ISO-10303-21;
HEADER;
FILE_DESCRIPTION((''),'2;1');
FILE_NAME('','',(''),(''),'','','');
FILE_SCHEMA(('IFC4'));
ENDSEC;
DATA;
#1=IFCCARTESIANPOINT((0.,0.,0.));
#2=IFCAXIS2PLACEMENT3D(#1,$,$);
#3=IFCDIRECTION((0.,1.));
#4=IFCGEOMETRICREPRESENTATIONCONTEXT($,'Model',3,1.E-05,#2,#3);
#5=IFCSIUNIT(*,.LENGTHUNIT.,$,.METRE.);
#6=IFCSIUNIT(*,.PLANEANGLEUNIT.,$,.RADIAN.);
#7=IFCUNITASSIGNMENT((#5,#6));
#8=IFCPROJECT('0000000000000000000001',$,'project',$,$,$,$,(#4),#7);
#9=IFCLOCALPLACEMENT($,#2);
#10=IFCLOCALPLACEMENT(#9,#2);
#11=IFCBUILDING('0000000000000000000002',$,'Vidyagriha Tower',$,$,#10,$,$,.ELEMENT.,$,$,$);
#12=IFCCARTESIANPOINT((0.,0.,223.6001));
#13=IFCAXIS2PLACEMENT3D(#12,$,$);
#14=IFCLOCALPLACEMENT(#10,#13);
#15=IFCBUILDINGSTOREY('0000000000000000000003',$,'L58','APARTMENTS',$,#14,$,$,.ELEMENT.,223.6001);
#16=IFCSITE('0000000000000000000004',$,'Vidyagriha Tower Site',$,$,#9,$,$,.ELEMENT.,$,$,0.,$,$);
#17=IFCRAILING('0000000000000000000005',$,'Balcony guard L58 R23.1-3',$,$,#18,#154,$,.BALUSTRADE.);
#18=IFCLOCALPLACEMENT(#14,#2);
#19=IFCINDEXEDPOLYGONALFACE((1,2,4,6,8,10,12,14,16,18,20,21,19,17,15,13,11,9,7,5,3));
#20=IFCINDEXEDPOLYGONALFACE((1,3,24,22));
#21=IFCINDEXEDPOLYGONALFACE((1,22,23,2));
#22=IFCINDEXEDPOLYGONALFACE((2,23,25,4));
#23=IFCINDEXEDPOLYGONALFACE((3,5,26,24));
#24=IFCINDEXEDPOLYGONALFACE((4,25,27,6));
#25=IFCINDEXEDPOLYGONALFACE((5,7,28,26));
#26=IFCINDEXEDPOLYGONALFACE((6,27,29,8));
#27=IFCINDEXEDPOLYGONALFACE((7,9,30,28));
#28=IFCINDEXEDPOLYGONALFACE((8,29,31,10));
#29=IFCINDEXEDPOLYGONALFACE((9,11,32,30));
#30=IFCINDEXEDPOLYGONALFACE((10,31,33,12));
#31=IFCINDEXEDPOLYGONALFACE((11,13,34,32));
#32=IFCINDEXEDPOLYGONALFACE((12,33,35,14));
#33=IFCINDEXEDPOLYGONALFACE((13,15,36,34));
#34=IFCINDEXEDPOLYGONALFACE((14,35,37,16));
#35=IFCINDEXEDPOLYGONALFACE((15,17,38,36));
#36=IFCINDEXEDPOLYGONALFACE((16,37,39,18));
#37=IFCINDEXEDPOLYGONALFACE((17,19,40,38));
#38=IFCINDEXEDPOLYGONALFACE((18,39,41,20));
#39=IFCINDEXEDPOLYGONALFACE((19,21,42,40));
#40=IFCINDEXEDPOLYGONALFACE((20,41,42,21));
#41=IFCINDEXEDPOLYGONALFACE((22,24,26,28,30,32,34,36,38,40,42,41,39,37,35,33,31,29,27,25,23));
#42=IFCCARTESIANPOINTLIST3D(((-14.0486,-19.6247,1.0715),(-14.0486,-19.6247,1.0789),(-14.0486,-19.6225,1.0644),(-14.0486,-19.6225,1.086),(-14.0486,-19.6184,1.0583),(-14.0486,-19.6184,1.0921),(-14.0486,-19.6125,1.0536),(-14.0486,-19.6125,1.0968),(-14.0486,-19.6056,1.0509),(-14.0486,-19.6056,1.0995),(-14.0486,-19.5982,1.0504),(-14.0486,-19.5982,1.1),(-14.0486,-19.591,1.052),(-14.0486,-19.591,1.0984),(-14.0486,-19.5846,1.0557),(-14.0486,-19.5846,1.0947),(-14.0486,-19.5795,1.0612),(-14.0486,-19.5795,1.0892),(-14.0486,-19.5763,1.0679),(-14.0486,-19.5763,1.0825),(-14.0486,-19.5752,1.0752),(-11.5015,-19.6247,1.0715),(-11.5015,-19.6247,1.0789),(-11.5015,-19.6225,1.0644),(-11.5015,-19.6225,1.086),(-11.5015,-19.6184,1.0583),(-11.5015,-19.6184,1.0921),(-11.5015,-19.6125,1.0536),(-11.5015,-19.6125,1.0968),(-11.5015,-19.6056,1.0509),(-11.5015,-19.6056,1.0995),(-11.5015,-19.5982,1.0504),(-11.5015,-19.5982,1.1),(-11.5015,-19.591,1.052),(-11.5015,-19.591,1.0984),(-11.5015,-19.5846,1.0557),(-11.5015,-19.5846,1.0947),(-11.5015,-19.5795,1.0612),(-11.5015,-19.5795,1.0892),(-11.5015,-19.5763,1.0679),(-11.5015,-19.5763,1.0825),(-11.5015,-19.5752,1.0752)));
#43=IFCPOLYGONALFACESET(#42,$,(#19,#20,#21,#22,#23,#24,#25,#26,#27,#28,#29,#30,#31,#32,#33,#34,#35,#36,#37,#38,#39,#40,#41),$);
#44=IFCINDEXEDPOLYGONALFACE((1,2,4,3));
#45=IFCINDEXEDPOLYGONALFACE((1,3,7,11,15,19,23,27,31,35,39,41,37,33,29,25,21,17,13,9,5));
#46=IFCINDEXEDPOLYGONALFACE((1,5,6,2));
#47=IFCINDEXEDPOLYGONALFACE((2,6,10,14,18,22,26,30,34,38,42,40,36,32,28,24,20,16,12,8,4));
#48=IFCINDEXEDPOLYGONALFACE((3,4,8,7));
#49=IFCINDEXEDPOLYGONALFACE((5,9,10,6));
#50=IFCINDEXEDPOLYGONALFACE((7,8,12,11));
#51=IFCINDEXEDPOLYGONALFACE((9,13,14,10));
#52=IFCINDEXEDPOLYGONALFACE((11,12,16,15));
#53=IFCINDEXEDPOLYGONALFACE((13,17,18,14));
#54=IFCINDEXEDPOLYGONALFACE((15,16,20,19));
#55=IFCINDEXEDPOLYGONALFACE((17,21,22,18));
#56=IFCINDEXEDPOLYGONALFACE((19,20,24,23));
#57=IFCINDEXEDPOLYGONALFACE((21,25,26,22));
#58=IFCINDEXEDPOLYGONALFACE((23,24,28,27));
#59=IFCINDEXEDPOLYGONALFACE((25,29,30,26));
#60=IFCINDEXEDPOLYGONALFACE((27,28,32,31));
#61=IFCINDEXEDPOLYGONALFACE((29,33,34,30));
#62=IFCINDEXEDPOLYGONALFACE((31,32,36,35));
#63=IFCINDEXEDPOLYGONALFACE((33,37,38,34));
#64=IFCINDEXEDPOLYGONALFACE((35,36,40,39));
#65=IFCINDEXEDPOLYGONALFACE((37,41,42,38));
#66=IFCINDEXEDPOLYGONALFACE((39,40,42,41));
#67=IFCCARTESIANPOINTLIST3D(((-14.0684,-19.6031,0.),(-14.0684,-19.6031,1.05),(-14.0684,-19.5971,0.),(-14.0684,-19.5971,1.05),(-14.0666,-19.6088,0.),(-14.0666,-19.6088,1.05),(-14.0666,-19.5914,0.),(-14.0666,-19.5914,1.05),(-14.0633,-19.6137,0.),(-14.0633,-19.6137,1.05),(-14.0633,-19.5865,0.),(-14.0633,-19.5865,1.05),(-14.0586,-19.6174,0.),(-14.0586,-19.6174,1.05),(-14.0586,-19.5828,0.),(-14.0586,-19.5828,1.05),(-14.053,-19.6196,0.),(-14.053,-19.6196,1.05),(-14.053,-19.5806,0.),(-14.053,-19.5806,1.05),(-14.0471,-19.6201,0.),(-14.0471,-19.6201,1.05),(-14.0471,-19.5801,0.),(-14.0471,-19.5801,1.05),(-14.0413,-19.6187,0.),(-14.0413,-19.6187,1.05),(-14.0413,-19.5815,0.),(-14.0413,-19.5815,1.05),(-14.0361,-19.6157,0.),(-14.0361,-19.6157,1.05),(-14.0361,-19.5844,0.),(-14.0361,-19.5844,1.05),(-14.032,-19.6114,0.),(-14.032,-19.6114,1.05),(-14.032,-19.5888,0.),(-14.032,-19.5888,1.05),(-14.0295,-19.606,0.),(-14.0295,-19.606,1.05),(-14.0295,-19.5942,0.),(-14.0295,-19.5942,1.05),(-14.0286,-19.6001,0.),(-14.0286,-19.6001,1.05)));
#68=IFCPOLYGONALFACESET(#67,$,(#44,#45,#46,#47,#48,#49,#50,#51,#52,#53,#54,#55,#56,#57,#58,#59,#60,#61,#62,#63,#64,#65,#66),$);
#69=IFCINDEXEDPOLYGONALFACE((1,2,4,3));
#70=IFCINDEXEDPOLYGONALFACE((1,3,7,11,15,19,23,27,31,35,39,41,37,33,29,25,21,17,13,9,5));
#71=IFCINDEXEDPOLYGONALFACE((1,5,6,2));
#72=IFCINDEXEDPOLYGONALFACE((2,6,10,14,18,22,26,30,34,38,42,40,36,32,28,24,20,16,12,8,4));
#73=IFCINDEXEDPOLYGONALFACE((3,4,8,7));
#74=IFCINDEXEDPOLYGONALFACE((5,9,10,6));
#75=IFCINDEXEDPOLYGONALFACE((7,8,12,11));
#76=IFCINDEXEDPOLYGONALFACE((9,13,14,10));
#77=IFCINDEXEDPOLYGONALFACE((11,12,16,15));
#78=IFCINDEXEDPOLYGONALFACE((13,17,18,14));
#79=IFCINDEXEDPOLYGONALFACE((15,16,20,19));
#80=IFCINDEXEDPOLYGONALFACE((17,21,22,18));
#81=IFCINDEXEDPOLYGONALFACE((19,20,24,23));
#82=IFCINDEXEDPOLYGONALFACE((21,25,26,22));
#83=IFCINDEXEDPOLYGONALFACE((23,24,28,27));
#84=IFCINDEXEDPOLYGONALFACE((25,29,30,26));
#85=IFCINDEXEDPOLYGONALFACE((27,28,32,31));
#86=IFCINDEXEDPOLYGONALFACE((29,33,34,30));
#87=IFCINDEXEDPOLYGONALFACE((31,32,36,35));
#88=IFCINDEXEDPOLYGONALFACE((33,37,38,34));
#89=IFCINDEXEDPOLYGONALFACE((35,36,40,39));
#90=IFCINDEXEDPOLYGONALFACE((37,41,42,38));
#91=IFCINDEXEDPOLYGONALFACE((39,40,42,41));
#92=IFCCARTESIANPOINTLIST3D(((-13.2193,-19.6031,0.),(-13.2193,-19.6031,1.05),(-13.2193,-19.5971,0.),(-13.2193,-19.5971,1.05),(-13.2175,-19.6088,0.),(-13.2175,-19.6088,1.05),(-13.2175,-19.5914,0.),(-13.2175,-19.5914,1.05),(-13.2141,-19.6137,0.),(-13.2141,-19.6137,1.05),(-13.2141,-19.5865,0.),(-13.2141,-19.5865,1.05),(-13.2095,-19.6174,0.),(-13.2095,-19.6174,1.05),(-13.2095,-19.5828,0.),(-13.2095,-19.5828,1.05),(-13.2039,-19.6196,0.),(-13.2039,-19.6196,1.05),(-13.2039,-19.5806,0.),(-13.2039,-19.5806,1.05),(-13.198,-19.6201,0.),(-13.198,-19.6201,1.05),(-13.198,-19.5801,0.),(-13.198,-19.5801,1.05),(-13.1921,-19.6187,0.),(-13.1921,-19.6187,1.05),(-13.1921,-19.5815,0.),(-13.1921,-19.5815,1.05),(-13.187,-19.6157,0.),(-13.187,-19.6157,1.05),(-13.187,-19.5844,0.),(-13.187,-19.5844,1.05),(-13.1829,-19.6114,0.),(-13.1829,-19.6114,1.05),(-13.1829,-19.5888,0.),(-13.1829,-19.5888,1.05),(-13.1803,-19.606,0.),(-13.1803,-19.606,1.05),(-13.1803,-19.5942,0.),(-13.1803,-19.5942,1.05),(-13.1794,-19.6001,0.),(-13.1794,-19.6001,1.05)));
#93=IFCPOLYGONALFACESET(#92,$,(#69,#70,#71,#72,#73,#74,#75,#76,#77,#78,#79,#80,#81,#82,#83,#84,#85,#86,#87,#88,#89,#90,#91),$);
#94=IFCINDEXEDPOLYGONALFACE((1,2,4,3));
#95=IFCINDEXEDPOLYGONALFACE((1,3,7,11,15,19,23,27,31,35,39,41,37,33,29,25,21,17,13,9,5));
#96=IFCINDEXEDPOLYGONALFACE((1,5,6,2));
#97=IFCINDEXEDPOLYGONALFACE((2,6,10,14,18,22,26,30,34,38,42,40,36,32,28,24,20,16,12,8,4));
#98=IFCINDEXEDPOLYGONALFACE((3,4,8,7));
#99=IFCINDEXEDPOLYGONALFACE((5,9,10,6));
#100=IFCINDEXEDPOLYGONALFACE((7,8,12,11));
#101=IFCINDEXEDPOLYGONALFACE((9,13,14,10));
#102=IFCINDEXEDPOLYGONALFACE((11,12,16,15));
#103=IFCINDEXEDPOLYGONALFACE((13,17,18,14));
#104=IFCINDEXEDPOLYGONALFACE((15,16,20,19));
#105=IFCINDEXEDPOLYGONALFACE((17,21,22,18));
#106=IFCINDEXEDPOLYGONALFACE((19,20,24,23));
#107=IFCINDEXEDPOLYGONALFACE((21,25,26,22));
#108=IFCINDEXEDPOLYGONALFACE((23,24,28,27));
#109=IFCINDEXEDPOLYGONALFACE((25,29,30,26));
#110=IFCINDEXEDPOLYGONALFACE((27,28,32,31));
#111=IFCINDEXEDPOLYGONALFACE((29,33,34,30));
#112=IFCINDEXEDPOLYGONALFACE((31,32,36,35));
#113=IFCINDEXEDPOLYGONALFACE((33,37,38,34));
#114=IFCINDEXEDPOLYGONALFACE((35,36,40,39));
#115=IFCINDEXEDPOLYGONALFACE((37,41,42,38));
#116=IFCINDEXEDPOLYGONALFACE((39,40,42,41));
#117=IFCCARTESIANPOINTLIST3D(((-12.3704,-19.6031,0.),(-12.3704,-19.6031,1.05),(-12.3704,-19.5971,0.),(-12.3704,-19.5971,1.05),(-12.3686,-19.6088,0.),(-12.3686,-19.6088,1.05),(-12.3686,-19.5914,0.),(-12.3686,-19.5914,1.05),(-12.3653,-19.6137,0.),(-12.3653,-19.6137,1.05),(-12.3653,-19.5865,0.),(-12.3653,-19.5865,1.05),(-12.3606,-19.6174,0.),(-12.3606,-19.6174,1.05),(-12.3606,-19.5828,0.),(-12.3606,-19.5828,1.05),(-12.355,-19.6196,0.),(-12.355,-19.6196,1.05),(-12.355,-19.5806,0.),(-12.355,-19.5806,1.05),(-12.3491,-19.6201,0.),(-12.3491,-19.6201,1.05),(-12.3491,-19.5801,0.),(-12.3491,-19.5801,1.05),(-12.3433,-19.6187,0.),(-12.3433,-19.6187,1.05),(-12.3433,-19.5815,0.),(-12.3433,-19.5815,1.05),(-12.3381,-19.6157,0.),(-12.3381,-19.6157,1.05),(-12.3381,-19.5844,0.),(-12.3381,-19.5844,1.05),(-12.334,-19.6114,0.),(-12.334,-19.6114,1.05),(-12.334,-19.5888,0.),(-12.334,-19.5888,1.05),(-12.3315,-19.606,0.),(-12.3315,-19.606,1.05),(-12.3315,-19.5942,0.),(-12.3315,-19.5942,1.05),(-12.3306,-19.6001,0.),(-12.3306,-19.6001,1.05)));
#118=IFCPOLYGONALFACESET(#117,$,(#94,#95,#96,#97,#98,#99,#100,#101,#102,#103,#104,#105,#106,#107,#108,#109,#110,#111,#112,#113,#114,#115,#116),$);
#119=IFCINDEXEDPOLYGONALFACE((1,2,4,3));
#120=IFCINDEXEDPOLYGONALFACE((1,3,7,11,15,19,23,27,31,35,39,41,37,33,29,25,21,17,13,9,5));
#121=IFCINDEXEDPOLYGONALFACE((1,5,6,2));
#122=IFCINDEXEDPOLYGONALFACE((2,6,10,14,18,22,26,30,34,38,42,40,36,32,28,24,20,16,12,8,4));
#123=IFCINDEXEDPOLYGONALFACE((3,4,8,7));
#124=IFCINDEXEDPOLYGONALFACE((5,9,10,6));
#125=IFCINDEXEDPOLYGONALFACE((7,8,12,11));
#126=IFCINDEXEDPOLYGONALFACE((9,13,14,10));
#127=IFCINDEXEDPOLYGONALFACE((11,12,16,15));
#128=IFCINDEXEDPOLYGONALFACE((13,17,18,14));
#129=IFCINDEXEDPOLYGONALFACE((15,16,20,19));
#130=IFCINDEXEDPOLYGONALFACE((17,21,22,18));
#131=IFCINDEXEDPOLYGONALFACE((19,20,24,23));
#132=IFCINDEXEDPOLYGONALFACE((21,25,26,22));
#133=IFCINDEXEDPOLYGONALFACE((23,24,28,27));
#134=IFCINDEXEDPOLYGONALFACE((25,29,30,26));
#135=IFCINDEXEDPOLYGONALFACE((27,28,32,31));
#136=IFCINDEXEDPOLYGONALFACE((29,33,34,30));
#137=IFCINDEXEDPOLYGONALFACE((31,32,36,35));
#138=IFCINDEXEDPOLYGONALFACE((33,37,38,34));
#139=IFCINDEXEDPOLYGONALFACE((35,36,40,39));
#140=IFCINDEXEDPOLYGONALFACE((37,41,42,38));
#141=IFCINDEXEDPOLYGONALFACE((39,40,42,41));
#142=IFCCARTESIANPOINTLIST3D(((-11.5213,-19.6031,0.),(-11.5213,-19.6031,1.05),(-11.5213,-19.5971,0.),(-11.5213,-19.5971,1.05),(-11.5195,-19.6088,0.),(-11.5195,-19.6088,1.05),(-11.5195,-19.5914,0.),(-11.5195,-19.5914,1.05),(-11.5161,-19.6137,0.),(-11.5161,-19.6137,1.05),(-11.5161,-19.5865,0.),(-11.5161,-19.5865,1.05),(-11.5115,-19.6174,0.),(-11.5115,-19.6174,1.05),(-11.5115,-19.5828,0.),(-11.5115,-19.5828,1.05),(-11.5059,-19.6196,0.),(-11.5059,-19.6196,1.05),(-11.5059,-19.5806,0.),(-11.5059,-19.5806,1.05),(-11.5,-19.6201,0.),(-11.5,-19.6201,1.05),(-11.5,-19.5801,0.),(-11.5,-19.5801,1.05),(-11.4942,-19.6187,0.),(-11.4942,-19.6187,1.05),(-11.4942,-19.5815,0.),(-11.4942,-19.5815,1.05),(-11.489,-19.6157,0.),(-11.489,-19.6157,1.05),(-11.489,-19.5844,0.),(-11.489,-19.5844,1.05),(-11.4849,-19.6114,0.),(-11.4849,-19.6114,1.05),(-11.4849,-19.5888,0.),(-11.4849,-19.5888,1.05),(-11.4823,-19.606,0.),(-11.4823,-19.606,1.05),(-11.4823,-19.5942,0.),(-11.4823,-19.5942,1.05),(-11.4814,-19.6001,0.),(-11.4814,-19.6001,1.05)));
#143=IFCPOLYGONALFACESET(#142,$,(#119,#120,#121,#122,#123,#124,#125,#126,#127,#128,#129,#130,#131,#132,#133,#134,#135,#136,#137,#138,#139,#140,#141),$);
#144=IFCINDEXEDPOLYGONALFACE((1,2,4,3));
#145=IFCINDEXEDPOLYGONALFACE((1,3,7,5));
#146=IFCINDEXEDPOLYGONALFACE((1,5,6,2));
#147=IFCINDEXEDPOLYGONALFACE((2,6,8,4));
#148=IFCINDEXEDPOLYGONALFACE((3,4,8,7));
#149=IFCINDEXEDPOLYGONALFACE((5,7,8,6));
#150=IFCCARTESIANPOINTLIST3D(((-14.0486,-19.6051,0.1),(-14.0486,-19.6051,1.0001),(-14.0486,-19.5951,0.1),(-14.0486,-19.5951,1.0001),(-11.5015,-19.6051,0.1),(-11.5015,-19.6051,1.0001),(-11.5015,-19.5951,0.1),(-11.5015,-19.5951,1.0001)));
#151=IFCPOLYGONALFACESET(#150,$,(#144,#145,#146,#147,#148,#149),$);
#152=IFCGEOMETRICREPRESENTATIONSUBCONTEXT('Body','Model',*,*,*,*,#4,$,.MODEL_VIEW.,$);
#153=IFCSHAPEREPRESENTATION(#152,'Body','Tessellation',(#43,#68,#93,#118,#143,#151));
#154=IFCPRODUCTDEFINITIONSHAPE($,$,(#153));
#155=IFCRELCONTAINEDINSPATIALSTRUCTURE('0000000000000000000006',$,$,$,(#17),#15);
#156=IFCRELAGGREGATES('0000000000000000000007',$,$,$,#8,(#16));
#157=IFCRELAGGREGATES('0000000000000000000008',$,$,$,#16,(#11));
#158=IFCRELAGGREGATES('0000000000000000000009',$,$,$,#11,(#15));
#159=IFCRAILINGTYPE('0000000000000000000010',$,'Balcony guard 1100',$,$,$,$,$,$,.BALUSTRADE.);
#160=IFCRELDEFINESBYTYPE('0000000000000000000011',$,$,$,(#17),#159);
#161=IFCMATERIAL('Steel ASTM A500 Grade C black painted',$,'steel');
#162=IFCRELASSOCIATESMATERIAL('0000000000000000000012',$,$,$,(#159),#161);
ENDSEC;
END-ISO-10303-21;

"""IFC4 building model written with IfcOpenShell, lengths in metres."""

from ifc_helpers import new_model, si_unit, direction, frame, origin, origin_2d, place, context, subcontext, project, spatial, rectangle, circle, extrude, material, type_object, element, save


model = new_model("IFC4")

# Units and contexts
model_context = context("Model", 3, precision=1e-05, world=origin(), true_north=direction((0.0, 1.0)))
body_context = subcontext(model_context, "Body", "Model", "MODEL_VIEW")
ifc_project = project(units=[si_unit("LENGTHUNIT", "METRE"), si_unit("PLANEANGLEUNIT", "RADIAN")], contexts=[model_context])

# Site, building, storey
site_placement = place(None, origin())
site = spatial("IfcSite", under=ifc_project, at=site_placement, Name="Vidyagriha Tower Site", CompositionType="ELEMENT", RefElevation=0.0)
building_placement = place(site_placement, origin())
building = spatial("IfcBuilding", under=site, at=building_placement, Name="Vidyagriha Tower", CompositionType="ELEMENT")
storey_placement = place(building_placement, frame((0.0, 0.0, 223.6001)))
storey = spatial("IfcBuildingStorey", under=building, at=storey_placement, Name="L58", Description="APARTMENTS", CompositionType="ELEMENT", Elevation=223.6001)

# Railing
ifc_material_1 = material(Name="Steel ASTM A500 Grade C black painted", Category="steel")
railing_type = type_object("IfcRailingType", Name="Balcony guard 1100", PredefinedType="BALUSTRADE", material=ifc_material_1)
railing_1_placement = place(storey_placement, frame((-14.0486, -19.6001, 0.0)))
element("IfcRailing", 1, at=railing_1_placement, inside=storey, type_object=railing_type, Name="Balcony guard L58 R23.1-3", PredefinedType="BALUSTRADE", context=body_context, shape_type="SweptSolid", body=[
    extrude(circle(Radius=0.0249, at=origin_2d()), frame((0.0, 0.0, 1.0752), z_axis=(1.0, 0.0, 0.0), x_axis=(0.0, 1.0, 0.0)), (0.0, 0.0, 1.0), 2.5471),
    extrude(circle(Radius=0.02, at=origin_2d()), origin(), (0.0, 0.0, 1.0), 1.05),
    extrude(circle(Radius=0.02, at=origin_2d()), frame((0.8491, 0.0, 0.0)), (0.0, 0.0, 1.0), 1.05),
    extrude(circle(Radius=0.02, at=origin_2d()), frame((1.698, 0.0, 0.0)), (0.0, 0.0, 1.0), 1.05),
    extrude(circle(Radius=0.02, at=origin_2d()), frame((2.5471, 0.0, 0.0)), (0.0, 0.0, 1.0), 1.05),
    extrude(rectangle(XDim=0.01, YDim=0.9001, at=origin_2d()), frame((0.0, 0.0, 0.55), z_axis=(1.0, 0.0, 0.0), x_axis=(0.0, 1.0, 0.0)), (0.0, 0.0, 1.0), 2.5471),
])

save(model, "model.ifc")
